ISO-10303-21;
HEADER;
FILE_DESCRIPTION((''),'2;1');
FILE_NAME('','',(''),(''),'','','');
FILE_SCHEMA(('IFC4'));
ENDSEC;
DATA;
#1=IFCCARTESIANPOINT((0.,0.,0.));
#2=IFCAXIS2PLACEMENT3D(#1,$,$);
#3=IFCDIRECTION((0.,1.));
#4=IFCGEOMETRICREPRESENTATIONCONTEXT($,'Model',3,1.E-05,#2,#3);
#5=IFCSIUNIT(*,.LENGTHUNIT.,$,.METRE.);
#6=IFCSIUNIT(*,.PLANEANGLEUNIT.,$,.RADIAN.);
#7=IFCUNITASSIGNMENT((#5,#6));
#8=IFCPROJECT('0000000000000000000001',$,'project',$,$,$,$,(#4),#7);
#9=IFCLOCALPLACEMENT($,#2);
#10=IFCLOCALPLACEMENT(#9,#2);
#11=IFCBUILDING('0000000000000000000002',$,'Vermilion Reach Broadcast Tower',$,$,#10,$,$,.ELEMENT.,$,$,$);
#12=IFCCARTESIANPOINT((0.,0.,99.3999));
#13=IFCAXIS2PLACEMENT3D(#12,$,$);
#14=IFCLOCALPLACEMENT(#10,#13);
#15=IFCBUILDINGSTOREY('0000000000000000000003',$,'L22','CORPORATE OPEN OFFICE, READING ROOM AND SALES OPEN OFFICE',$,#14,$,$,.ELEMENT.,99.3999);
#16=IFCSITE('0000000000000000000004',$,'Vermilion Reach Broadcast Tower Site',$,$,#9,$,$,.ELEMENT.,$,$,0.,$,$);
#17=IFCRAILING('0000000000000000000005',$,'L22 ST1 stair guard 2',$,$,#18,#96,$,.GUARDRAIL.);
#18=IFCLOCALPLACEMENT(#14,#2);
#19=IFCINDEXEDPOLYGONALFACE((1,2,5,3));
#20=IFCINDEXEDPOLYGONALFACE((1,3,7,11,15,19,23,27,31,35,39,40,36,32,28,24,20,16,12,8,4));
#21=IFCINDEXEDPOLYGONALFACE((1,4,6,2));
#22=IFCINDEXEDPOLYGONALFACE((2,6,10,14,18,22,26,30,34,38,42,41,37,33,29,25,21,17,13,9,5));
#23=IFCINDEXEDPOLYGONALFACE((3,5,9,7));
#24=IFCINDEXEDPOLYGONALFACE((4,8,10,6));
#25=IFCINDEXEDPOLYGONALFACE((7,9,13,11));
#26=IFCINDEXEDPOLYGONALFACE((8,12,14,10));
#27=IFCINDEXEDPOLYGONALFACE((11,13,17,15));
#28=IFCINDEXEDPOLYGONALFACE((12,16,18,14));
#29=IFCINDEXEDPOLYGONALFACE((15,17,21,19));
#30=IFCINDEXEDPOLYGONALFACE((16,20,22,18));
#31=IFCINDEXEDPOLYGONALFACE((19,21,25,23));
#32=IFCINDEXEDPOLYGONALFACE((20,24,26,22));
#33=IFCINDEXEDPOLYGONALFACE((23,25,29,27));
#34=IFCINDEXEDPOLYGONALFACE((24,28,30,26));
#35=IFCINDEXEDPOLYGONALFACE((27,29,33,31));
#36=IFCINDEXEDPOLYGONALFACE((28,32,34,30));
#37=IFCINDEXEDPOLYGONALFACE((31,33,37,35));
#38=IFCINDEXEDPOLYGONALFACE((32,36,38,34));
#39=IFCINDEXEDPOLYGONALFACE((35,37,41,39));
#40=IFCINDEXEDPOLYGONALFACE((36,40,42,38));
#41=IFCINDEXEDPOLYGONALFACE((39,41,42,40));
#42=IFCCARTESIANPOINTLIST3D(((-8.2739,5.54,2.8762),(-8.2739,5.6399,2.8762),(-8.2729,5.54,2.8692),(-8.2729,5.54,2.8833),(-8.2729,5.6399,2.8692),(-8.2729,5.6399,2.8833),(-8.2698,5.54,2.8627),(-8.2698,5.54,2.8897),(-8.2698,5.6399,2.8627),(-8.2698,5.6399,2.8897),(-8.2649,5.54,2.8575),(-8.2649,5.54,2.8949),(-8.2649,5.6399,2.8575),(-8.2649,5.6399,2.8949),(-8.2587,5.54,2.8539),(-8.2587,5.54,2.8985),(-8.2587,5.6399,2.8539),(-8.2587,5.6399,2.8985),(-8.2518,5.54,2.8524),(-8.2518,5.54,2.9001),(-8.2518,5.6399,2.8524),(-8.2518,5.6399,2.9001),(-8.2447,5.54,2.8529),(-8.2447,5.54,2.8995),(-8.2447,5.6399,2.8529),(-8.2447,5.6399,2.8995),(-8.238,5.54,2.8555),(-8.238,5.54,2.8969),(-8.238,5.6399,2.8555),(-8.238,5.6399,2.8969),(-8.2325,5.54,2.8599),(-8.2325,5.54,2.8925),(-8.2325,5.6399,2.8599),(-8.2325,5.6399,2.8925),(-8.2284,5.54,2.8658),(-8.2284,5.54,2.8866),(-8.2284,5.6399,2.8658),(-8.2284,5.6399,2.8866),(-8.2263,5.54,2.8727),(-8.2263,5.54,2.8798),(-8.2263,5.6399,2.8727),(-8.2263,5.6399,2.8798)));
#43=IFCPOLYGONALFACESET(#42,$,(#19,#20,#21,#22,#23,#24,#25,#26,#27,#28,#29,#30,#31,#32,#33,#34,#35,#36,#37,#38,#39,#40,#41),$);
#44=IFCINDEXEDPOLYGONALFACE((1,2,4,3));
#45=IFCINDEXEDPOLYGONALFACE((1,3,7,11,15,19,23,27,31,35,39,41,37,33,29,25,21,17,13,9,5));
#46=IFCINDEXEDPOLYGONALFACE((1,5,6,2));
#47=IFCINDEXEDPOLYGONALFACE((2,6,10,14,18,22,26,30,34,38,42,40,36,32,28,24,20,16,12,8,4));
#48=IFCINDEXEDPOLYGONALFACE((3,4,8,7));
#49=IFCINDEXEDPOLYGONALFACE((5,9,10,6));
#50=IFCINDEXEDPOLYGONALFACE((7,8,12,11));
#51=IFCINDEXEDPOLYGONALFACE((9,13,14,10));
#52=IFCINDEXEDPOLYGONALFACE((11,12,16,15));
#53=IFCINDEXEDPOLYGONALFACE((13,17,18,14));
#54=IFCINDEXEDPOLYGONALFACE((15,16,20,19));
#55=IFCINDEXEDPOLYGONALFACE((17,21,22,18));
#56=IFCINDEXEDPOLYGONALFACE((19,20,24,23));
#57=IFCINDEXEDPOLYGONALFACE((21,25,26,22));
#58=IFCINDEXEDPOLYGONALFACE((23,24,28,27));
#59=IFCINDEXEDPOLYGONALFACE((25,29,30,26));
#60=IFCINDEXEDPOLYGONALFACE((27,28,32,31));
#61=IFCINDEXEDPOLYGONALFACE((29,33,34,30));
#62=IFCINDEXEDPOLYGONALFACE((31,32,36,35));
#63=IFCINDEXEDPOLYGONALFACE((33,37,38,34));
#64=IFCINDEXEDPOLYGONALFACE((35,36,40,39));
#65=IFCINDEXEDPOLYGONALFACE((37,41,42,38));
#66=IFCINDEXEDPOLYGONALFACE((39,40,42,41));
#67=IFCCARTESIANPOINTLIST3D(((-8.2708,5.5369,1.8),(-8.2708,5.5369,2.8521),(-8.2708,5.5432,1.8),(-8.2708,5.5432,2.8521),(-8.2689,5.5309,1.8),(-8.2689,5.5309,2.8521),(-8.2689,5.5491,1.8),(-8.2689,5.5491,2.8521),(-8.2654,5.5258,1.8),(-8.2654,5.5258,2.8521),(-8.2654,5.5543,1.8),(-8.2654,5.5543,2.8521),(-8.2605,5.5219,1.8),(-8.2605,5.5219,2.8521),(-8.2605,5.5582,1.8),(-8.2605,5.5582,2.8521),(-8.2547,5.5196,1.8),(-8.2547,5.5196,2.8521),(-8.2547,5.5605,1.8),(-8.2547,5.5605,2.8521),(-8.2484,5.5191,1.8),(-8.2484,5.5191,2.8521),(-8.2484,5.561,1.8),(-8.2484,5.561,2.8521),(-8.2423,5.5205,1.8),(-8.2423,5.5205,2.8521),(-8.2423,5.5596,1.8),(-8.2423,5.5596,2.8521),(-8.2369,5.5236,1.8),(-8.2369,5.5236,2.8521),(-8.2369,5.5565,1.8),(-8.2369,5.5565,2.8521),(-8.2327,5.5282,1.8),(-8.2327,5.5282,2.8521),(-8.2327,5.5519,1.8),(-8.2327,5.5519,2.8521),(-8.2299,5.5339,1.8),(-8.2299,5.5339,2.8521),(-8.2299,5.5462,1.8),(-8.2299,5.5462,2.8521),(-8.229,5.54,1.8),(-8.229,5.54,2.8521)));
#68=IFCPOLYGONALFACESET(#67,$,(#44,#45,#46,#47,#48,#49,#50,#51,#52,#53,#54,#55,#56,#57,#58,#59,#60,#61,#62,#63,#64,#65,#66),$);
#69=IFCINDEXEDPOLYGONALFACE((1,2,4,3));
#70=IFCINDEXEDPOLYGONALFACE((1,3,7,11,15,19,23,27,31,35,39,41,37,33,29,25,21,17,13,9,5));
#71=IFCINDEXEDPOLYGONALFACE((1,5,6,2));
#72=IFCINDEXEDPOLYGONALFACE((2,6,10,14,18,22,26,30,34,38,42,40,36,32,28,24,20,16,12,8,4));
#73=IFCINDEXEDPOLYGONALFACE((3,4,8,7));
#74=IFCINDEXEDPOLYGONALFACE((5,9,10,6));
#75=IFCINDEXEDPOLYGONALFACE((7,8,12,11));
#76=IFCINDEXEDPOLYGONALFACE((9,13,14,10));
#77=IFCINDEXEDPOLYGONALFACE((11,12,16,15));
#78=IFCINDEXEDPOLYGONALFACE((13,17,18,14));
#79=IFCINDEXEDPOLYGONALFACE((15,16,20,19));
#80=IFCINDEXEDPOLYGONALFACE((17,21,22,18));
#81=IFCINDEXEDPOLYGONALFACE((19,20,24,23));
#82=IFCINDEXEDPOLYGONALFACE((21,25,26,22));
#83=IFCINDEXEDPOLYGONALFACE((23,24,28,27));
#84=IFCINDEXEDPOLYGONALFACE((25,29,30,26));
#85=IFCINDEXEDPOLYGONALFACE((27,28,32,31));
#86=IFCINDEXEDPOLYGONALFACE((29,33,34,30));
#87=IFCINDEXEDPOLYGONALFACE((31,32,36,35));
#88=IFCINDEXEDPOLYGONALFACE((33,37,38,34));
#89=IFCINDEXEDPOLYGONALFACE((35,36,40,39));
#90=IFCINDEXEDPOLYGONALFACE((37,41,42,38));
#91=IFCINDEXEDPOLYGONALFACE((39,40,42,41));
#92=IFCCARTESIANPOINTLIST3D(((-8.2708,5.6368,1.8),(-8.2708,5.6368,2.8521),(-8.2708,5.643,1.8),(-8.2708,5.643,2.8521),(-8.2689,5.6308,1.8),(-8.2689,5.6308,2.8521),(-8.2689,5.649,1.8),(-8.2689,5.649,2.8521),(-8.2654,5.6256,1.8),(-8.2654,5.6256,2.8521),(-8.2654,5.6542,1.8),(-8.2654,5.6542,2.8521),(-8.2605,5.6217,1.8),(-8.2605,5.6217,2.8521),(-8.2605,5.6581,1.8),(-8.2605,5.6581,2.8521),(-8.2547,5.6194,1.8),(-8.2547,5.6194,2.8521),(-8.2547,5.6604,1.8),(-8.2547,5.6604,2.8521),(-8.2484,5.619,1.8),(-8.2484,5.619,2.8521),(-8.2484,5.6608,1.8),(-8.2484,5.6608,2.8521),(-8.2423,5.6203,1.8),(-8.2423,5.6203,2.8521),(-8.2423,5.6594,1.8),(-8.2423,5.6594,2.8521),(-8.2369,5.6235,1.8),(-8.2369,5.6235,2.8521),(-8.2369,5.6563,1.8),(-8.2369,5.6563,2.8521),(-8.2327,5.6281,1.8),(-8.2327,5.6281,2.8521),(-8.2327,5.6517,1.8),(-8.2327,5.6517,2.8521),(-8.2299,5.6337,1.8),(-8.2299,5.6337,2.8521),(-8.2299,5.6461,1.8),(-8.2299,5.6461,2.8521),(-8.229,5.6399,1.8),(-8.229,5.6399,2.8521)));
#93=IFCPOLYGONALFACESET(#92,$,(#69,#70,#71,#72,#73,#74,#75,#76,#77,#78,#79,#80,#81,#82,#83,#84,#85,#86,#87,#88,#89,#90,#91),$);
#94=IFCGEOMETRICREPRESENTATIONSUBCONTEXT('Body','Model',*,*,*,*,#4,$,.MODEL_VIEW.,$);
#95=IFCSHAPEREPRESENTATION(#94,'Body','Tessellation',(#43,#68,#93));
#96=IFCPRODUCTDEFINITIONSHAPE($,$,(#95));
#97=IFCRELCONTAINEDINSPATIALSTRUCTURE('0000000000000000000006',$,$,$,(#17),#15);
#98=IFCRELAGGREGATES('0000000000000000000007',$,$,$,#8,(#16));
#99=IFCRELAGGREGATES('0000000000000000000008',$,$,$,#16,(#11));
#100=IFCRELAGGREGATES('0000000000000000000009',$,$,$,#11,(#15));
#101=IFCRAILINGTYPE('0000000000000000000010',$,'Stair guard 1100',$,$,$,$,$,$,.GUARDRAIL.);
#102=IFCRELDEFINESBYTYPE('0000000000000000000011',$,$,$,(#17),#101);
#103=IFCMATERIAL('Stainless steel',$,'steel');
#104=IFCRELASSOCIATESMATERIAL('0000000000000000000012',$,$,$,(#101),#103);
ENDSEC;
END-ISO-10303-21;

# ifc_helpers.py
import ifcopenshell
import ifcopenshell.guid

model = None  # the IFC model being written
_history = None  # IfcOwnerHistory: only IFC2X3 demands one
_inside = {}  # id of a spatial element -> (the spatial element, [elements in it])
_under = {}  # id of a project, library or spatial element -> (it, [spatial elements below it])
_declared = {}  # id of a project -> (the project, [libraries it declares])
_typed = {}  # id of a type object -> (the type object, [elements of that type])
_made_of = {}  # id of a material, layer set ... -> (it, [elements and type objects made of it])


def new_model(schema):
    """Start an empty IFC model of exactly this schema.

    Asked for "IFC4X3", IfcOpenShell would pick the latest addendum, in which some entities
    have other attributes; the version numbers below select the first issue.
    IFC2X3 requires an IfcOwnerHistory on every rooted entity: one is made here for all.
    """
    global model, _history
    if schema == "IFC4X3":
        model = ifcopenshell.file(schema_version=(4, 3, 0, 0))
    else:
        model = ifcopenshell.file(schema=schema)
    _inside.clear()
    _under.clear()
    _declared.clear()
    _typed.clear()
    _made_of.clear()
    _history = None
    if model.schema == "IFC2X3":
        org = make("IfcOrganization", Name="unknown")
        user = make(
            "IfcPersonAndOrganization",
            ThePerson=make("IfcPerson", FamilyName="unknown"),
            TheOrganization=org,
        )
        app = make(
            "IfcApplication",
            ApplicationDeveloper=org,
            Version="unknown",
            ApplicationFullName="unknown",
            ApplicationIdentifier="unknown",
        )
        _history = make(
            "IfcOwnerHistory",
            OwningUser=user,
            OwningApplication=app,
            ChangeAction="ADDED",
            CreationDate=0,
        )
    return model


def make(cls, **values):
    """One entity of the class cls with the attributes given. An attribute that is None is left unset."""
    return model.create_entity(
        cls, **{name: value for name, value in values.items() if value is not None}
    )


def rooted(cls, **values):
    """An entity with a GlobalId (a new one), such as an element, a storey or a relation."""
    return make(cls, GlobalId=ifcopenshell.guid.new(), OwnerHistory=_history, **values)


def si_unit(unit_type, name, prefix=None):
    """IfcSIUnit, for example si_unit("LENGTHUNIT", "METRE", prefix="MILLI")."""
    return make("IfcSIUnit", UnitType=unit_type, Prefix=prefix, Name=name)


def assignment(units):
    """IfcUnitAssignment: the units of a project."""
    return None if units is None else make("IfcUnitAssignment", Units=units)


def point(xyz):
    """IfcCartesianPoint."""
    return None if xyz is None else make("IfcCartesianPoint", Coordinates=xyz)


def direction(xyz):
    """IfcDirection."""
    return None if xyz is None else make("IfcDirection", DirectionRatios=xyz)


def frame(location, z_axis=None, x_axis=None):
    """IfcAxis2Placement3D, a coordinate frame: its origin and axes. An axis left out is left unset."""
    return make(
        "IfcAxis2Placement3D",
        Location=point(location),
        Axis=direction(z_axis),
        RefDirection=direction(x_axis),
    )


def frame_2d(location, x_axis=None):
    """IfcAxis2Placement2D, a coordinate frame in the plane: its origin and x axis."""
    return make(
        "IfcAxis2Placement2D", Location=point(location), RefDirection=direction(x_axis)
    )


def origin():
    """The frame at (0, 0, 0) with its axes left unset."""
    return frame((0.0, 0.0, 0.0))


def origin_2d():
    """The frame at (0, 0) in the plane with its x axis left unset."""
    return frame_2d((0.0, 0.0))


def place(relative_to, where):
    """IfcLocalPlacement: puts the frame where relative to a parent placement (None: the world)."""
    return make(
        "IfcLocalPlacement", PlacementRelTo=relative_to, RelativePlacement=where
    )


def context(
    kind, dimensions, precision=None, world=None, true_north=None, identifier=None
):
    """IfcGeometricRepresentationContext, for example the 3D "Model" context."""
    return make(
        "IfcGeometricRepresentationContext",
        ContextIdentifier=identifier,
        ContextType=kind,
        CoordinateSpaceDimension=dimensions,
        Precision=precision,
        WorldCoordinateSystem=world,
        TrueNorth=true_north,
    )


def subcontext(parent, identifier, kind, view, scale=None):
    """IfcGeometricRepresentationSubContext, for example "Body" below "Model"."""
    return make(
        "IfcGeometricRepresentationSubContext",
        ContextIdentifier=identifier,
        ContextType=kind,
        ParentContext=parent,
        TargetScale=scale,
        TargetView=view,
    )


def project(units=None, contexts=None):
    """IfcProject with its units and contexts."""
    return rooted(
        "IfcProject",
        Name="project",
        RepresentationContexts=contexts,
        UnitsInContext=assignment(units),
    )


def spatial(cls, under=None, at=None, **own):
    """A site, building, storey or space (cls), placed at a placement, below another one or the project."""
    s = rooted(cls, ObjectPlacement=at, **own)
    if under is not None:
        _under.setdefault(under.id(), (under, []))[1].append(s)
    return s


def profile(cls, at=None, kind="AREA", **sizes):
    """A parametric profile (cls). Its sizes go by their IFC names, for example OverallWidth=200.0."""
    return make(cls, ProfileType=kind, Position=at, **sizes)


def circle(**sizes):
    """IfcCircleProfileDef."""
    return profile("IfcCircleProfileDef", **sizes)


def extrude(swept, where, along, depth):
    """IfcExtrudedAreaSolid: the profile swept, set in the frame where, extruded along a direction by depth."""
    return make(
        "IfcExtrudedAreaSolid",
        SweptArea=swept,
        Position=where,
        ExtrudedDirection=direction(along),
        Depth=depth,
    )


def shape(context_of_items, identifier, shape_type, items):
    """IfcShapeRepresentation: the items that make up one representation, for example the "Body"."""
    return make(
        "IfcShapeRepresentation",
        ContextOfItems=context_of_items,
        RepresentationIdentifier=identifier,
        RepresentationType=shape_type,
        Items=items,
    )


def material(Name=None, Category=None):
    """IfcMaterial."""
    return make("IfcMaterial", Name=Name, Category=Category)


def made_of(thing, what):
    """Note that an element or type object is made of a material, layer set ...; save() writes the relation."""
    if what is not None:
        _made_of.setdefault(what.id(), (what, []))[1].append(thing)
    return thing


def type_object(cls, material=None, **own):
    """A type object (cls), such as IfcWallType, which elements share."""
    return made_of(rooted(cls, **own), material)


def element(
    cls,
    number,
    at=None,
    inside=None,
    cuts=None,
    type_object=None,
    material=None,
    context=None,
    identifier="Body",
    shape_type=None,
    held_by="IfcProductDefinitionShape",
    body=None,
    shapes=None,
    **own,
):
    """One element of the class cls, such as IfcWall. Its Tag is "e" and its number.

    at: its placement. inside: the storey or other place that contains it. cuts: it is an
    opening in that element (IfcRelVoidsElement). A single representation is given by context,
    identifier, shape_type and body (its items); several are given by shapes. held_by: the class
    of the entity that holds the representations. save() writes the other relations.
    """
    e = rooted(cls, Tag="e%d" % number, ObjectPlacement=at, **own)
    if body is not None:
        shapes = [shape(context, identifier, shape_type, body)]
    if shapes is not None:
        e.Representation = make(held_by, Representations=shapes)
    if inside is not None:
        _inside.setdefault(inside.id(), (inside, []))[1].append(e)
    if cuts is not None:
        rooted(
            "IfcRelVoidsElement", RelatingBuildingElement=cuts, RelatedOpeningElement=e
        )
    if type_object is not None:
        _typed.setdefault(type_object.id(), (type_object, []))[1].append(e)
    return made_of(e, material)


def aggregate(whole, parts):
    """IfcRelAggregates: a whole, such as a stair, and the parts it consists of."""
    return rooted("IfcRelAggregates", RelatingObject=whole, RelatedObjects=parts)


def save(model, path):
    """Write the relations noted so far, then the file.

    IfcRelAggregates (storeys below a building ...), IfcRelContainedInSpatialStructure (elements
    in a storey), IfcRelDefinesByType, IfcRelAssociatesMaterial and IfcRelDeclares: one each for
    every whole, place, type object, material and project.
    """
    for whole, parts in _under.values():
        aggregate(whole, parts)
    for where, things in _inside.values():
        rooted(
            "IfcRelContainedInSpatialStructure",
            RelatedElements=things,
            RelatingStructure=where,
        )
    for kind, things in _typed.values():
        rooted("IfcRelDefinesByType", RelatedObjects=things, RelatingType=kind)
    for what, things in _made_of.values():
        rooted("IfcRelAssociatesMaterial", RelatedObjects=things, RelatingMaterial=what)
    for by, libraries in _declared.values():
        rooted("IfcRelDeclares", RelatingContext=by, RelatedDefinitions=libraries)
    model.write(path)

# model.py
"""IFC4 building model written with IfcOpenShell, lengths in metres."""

from ifc_helpers import new_model, si_unit, direction, frame, origin, origin_2d, place, context, subcontext, project, spatial, circle, extrude, material, type_object, element, save


model = new_model("IFC4")

# Units and contexts
model_context = context("Model", 3, precision=1e-05, world=origin(), true_north=direction((0.0, 1.0)))
body_context = subcontext(model_context, "Body", "Model", "MODEL_VIEW")
ifc_project = project(units=[si_unit("LENGTHUNIT", "METRE"), si_unit("PLANEANGLEUNIT", "RADIAN")], contexts=[model_context])

# Site, building, storey
site_placement = place(None, origin())
site = spatial("IfcSite", under=ifc_project, at=site_placement, Name="Vermilion Reach Broadcast Tower Site", CompositionType="ELEMENT", RefElevation=0.0)
building_placement = place(site_placement, origin())
building = spatial("IfcBuilding", under=site, at=building_placement, Name="Vermilion Reach Broadcast Tower", CompositionType="ELEMENT")
storey_placement = place(building_placement, frame((0.0, 0.0, 99.3999)))
storey = spatial("IfcBuildingStorey", under=building, at=storey_placement, Name="L22", Description="CORPORATE OPEN OFFICE, READING ROOM AND SALES OPEN OFFICE", CompositionType="ELEMENT", Elevation=99.3999)

# Railing
ifc_material_1 = material(Name="Stainless steel", Category="steel")
railing_type_1 = type_object("IfcRailingType", Name="Stair guard 1100", PredefinedType="GUARDRAIL", material=ifc_material_1)
railing_1_placement = place(storey_placement, frame((-8.25, 5.54, 1.8)))
element("IfcRailing", 1, at=railing_1_placement, inside=storey, type_object=railing_type_1, Name="L22 ST1 stair guard 2", PredefinedType="GUARDRAIL", context=body_context, shape_type="SweptSolid", body=[
    extrude(circle(Radius=0.0239, at=origin_2d()), frame((0.0, 0.0, 1.0762), z_axis=(0.0, 1.0, 0.0), x_axis=(-1.0, 0.0, 0.0)), (0.0, 0.0, 1.0), 0.0999),
    extrude(circle(Radius=0.021, at=origin_2d()), origin(), (0.0, 0.0, 1.0), 1.052),
    extrude(circle(Radius=0.021, at=origin_2d()), frame((0.0, 0.0999, 0.0)), (0.0, 0.0, 1.0), 1.052),
])

save(model, "model.ifc")
